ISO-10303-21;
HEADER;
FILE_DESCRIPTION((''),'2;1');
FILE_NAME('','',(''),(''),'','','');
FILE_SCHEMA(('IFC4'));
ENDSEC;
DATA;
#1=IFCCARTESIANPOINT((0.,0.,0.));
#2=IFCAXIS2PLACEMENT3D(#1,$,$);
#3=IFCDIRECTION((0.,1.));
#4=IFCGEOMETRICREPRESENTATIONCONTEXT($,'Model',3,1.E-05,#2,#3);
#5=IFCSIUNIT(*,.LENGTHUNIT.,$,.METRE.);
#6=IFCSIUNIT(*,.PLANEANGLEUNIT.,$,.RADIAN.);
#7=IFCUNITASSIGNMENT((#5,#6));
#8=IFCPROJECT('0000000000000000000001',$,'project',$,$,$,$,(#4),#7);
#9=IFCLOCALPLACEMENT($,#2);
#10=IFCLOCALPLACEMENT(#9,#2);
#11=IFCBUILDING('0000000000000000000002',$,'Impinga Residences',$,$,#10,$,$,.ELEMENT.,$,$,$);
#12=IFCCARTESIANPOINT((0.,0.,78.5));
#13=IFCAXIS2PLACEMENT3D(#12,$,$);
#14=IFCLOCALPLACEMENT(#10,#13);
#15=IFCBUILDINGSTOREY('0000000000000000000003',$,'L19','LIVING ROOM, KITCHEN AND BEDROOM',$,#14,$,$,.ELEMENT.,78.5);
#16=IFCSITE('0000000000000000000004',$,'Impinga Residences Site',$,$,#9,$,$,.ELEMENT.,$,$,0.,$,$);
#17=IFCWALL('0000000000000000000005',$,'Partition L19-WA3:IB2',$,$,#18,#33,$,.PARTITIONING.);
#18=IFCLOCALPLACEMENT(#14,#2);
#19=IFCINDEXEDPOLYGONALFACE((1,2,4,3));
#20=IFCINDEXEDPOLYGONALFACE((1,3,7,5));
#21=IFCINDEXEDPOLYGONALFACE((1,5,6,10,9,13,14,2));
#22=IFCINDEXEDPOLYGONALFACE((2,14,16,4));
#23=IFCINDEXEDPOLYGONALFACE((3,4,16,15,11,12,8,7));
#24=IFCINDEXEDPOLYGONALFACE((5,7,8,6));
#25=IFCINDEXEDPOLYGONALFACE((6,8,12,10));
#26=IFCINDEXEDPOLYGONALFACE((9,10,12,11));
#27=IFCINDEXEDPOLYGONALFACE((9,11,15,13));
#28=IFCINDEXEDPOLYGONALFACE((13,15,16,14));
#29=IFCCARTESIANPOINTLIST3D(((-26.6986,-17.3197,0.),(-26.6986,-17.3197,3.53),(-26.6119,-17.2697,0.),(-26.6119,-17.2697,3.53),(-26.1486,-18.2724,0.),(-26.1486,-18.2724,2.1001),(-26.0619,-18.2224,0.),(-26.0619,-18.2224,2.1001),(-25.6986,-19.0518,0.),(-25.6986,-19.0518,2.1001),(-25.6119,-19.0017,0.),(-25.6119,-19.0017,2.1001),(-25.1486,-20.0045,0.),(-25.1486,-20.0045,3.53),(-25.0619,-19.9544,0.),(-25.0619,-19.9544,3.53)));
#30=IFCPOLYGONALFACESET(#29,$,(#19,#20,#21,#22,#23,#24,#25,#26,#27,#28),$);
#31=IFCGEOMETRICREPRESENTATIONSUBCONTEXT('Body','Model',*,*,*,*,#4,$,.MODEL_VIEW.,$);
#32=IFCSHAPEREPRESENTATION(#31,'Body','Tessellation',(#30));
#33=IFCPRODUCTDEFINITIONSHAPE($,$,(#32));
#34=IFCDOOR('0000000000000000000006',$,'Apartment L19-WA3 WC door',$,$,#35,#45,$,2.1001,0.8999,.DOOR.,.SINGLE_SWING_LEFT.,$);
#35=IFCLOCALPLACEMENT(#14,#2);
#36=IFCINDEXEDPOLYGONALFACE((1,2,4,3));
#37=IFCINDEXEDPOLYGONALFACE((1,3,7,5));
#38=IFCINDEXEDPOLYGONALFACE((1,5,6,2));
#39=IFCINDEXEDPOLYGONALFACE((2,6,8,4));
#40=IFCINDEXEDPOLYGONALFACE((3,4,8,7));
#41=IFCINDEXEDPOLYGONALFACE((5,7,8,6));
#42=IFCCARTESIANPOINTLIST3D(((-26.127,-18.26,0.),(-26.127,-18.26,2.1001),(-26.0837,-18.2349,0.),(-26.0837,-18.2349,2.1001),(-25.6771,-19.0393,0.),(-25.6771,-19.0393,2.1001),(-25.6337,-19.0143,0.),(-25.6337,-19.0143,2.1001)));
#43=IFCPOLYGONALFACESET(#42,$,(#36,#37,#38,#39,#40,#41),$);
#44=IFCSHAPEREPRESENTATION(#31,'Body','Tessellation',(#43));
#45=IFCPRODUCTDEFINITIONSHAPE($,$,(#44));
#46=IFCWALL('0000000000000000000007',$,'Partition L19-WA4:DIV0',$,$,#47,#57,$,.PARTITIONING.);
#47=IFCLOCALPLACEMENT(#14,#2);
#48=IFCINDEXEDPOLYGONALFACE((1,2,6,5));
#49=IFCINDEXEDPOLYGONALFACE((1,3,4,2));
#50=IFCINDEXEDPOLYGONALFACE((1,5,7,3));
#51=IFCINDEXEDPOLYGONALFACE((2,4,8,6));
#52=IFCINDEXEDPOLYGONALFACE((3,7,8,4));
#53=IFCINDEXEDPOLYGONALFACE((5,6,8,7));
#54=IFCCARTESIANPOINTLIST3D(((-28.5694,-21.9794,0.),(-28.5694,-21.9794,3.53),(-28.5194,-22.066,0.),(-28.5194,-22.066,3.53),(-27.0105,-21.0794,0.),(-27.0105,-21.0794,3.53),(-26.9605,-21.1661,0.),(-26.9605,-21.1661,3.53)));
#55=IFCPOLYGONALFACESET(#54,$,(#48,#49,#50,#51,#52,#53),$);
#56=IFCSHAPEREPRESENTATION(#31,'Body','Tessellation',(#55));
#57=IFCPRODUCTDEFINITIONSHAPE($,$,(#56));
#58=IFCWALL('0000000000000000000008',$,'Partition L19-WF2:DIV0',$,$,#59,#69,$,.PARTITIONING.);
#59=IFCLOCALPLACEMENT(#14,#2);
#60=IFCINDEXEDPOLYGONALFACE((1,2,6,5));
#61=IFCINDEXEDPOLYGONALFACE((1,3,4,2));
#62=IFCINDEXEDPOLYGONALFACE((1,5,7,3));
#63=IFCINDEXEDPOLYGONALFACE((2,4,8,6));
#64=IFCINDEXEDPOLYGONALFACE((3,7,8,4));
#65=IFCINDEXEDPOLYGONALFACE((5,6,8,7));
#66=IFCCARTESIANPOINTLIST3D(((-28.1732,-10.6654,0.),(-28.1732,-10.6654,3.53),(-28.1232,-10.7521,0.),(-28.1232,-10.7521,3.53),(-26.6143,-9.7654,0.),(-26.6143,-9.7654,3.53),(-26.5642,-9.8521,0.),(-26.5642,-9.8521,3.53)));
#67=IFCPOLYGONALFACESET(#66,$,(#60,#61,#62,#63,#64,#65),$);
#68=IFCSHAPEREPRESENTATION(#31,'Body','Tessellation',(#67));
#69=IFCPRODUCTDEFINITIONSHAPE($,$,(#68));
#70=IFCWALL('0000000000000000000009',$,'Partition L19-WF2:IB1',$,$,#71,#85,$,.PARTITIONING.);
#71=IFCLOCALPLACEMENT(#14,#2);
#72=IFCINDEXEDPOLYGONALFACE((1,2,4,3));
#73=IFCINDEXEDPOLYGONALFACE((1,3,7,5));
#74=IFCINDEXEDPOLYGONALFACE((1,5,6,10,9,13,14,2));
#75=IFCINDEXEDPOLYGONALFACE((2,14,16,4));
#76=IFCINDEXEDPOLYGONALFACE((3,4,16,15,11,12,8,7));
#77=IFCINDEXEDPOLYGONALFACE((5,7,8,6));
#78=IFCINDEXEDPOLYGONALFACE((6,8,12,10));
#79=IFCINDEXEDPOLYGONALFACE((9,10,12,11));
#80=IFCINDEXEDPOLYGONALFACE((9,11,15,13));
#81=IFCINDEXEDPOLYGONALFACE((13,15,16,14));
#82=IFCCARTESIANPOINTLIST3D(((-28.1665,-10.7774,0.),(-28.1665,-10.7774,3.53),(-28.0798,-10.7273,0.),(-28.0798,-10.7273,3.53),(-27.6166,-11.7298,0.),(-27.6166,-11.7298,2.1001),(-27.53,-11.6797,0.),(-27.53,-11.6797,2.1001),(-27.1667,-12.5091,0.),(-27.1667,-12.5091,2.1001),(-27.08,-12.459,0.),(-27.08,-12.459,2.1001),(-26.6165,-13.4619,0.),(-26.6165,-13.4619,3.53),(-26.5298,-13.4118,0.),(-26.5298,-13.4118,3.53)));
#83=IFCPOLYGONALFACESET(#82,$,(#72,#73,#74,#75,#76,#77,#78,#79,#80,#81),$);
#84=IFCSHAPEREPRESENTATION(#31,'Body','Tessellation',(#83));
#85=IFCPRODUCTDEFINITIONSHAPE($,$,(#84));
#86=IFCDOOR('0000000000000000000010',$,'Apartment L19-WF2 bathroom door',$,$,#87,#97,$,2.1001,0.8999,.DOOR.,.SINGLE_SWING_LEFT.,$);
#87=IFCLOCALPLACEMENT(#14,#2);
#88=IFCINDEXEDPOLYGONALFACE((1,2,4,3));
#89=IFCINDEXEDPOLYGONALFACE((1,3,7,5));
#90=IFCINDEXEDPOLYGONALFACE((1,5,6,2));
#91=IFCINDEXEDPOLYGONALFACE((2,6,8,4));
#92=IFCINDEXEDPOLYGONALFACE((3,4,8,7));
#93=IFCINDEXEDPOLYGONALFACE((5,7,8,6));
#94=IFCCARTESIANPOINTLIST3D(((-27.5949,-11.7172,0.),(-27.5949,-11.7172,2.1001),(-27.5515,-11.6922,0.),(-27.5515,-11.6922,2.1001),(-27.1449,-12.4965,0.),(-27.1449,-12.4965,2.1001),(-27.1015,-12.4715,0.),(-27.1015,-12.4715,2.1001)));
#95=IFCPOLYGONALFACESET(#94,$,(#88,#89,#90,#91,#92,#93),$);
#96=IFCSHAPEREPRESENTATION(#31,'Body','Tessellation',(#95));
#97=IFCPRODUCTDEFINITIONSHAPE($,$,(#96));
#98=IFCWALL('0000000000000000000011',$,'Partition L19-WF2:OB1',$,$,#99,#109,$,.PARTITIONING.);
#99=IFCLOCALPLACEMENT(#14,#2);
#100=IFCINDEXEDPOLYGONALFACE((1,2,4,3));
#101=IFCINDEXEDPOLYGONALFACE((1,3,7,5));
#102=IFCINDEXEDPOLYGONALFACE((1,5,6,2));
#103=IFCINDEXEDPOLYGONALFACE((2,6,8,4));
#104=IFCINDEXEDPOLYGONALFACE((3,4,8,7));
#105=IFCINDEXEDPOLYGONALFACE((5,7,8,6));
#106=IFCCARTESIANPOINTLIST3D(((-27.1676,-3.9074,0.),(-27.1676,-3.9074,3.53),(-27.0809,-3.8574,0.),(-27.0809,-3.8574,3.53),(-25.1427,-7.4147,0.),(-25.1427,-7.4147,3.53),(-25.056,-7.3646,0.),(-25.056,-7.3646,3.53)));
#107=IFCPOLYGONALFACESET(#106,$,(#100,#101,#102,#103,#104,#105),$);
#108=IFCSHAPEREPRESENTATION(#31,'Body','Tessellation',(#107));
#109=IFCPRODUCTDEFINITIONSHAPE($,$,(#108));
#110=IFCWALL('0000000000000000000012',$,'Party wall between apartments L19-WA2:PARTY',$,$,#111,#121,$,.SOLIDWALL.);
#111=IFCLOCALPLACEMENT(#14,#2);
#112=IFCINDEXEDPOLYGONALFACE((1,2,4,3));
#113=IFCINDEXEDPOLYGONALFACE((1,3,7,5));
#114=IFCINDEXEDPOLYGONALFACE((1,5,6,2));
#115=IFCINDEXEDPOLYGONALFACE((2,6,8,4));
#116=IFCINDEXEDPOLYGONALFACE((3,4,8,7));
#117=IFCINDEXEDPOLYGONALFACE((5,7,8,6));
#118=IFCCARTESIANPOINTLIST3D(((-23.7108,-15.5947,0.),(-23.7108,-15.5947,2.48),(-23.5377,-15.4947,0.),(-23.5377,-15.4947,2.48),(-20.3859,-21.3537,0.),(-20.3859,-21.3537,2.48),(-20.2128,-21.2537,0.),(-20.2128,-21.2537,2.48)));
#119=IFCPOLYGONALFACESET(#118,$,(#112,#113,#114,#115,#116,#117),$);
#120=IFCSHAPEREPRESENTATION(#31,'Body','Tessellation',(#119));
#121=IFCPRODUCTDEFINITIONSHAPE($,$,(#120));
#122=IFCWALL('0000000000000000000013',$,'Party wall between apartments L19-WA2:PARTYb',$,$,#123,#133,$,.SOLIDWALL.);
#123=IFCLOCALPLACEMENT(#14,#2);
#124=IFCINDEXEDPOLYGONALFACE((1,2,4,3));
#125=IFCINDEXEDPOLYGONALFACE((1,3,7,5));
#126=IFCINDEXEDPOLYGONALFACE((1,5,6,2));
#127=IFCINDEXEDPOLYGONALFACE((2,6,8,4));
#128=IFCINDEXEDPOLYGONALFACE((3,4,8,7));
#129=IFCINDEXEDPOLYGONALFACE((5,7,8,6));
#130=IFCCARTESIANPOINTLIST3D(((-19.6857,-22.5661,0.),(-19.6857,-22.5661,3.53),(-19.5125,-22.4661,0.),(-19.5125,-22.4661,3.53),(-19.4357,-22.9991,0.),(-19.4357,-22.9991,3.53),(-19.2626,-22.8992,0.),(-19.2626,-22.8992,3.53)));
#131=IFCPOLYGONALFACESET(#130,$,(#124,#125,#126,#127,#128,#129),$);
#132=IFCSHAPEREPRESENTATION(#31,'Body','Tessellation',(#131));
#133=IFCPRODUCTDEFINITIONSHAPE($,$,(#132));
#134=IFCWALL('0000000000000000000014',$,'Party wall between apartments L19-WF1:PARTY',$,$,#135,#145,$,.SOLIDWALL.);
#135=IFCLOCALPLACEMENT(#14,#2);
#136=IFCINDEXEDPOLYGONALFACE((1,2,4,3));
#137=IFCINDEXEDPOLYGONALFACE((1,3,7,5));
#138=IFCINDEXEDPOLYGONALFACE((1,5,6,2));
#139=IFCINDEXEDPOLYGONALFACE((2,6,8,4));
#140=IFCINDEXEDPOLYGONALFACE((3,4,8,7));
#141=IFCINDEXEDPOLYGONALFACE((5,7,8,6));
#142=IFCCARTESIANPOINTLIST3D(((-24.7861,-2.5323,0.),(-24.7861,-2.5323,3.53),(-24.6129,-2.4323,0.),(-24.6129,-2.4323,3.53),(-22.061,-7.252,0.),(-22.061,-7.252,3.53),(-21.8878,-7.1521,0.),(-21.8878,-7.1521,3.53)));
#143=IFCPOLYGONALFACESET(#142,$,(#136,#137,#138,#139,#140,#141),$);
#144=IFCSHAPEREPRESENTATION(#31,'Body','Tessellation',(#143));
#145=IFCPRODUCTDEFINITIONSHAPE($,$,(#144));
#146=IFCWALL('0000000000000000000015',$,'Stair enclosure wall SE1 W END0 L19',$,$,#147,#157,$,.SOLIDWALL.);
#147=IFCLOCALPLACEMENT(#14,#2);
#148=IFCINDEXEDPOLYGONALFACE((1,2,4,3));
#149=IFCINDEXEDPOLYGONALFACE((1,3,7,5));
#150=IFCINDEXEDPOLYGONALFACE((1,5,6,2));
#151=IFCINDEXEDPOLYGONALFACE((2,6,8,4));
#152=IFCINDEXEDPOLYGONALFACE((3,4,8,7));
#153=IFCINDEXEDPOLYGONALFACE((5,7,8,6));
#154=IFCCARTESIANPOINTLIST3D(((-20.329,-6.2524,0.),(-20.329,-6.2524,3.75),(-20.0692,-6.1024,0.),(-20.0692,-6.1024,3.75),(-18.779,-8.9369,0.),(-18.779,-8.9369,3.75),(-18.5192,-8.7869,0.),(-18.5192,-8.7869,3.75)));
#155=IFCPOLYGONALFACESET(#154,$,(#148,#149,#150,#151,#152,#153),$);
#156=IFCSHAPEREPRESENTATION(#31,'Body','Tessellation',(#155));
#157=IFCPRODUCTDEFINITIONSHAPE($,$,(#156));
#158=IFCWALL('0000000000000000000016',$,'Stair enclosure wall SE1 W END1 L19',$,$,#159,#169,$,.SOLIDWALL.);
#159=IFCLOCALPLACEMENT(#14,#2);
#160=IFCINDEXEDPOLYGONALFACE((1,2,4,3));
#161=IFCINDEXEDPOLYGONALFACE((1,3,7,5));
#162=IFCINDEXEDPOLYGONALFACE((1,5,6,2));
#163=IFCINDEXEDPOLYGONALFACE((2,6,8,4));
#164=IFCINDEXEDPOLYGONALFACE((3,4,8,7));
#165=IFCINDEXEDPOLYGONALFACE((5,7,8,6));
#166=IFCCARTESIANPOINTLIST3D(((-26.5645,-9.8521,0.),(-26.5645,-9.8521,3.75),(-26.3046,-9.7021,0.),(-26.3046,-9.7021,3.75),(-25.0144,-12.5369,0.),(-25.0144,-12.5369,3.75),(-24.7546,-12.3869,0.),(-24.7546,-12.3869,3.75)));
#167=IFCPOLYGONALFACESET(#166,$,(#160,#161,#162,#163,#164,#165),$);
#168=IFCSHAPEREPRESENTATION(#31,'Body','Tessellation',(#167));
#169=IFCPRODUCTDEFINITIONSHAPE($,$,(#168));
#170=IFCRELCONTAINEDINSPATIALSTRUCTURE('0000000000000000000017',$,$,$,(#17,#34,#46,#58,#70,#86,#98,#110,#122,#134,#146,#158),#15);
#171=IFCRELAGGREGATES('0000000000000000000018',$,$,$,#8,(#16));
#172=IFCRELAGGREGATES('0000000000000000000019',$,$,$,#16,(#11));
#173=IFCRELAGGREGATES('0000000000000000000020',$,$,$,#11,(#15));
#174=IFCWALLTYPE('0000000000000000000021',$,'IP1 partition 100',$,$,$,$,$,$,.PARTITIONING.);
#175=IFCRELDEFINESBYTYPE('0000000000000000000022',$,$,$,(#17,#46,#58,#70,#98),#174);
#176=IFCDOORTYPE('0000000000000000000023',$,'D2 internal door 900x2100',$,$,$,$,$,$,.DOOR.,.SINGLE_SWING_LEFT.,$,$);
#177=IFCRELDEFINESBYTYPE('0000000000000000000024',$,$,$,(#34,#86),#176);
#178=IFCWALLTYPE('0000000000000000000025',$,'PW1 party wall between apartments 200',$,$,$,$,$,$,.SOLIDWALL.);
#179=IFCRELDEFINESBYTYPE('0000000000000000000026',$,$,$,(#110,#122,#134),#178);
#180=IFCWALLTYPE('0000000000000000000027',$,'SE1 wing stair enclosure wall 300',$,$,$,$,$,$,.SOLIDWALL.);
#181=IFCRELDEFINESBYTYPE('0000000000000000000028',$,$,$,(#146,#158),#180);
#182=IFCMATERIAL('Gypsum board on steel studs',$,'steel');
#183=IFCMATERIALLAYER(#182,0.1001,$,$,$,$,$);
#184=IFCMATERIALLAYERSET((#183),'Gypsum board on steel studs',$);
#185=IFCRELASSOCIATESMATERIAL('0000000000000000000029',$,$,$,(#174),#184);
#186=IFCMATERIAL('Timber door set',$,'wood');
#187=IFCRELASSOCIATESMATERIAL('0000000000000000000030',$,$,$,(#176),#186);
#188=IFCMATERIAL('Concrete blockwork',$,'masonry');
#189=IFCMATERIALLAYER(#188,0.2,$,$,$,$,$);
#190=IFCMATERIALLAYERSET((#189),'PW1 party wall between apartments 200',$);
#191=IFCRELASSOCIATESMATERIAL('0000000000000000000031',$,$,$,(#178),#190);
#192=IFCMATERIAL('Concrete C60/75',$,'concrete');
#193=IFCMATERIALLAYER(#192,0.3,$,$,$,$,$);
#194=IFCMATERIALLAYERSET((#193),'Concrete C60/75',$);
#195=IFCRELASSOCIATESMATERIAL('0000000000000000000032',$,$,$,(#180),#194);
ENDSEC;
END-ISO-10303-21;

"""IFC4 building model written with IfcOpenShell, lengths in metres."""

from ifc_helpers import new_model, si_unit, direction, frame, frame_2d, origin, place, context, subcontext, project, spatial, rectangle, extrude, material, layer, layer_set, type_object, element, fill, save


model = new_model("IFC4")

# Units and contexts
model_context = context("Model", 3, precision=1e-05, world=origin(), true_north=direction((0.0, 1.0)))
body_context = subcontext(model_context, "Body", "Model", "MODEL_VIEW")
ifc_project = project(units=[si_unit("LENGTHUNIT", "METRE"), si_unit("PLANEANGLEUNIT", "RADIAN")], contexts=[model_context])

# Site, building, storey
site_placement = place(None, origin())
site = spatial("IfcSite", under=ifc_project, at=site_placement, Name="Impinga Residences Site", CompositionType="ELEMENT", RefElevation=0.0)
building_placement = place(site_placement, origin())
building = spatial("IfcBuilding", under=site, at=building_placement, Name="Impinga Residences", CompositionType="ELEMENT")
storey_placement = place(building_placement, frame((0.0, 0.0, 78.5)))
storey = spatial("IfcBuildingStorey", under=building, at=storey_placement, Name="L19", Description="LIVING ROOM, KITCHEN AND BEDROOM", CompositionType="ELEMENT", Elevation=78.5)

# Shared definitions
ifc_material_1 = material(Name="Concrete C60/75", Category="concrete")

# Shared definitions
ifc_material_2 = material(Name="Gypsum board on steel studs", Category="steel")
ifc_layer_1 = layer(ifc_material_2, 0.1001)
ifc_layer_set_1 = layer_set([ifc_layer_1], Name="Gypsum board on steel studs")
wall_type_1 = type_object("IfcWallType", Name="IP1 partition 100", PredefinedType="PARTITIONING", material=ifc_layer_set_1)

# Shared definitions
ifc_material_3 = material(Name="Timber door set", Category="wood")
door_type = type_object("IfcDoorType", Name="D2 internal door 900x2100", OperationType="SINGLE_SWING_LEFT", PredefinedType="DOOR", material=ifc_material_3)

# Wall, opening, door
wall_1_placement = place(storey_placement, frame((-26.6553, -17.2947, 0.0), z_axis=(0.0, 0.0, 1.0), x_axis=(0.499993, -0.86603, 0.0)))
wall_1 = element("IfcWall", 1, at=wall_1_placement, inside=storey, type_object=wall_type_1, Name="Partition L19-WA3:IB2", PredefinedType="PARTITIONING", context=body_context, shape_type="SweptSolid", body=[
    extrude(rectangle(XDim=3.1001, YDim=0.1001, at=frame_2d((1.55, 0.0))), origin(), (0.0, 0.0, 1.0), 3.53),
])
opening_1_placement = place(wall_1_placement, frame((1.1001, 0.0, 0.0)))
opening_1 = element("IfcOpeningElement", 2, at=opening_1_placement, cuts=wall_1, PredefinedType="OPENING", context=body_context, shape_type="SweptSolid", body=[
    extrude(rectangle(XDim=0.8999, YDim=2.1001, at=frame_2d((0.45, 1.05))), frame((0.0, 0.0601, 0.0), z_axis=(0.0, -1.0, 0.0), x_axis=(1.0, 0.0, 0.0)), (0.0, 0.0, 1.0), 0.1201),
])
door_1_placement = place(opening_1_placement, origin())
door_1 = element("IfcDoor", 3, at=door_1_placement, inside=storey, type_object=door_type, Name="Apartment L19-WA3 WC door", OperationType="SINGLE_SWING_LEFT", OverallHeight=2.1001, OverallWidth=0.8999, PredefinedType="DOOR", context=body_context, shape_type="SweptSolid", body=[
    extrude(rectangle(XDim=0.8999, YDim=2.1001, at=frame_2d((0.45, 1.05))), frame((0.0, 0.0249, 0.0), z_axis=(0.0, -1.0, 0.0), x_axis=(1.0, 0.0, 0.0)), (0.0, 0.0, 1.0), 0.05),
])
fill(opening_1, door_1)

# Walls
for number, where, z_axis, x_axis, name in (
    (4, (-26.9856, -21.1228, 0.0), (0.0, 0.0, 1.0), (-0.866048, -0.499961, 0.0), "Partition L19-WA4:DIV0"),
    (5, (-26.5894, -9.8088, 0.0), (0.0, 0.0, 1.0), (-0.866048, -0.499961, 0.0), "Partition L19-WF2:DIV0"),
):
    element("IfcWall", number, at=place(storey_placement, frame(where, z_axis=z_axis, x_axis=x_axis)), inside=storey, type_object=wall_type_1, Name=name, PredefinedType="PARTITIONING", context=body_context, shape_type="SweptSolid", body=[
        extrude(rectangle(XDim=1.8, YDim=0.1001, at=frame_2d((0.8999, 0.0))), origin(), (0.0, 0.0, 1.0), 3.53),
    ])

# Wall, opening, door
wall_2_placement = place(storey_placement, frame((-26.5732, -13.4368, 0.0), z_axis=(0.0, 0.0, 1.0), x_axis=(-0.500027, 0.86601, 0.0)))
wall_2 = element("IfcWall", 6, at=wall_2_placement, inside=storey, type_object=wall_type_1, Name="Partition L19-WF2:IB1", PredefinedType="PARTITIONING", context=body_context, shape_type="SweptSolid", body=[
    extrude(rectangle(XDim=3.0999, YDim=0.1001, at=frame_2d((1.5498, 0.0))), origin(), (0.0, 0.0, 1.0), 3.53),
])
opening_2_placement = place(wall_2_placement, frame((1.1001, 0.0, 0.0)))
opening_2 = element("IfcOpeningElement", 7, at=opening_2_placement, cuts=wall_2, PredefinedType="OPENING", context=body_context, shape_type="SweptSolid", body=[
    extrude(rectangle(XDim=0.8999, YDim=2.1001, at=frame_2d((0.45, 1.05))), frame((0.0, 0.0601, 0.0), z_axis=(0.0, -1.0, 0.0), x_axis=(1.0, 0.0, 0.0)), (0.0, 0.0, 1.0), 0.1201),
])
door_2_placement = place(opening_2_placement, origin())
door_2 = element("IfcDoor", 8, at=door_2_placement, inside=storey, type_object=door_type, Name="Apartment L19-WF2 bathroom door", OperationType="SINGLE_SWING_LEFT", OverallHeight=2.1001, OverallWidth=0.8999, PredefinedType="DOOR", context=body_context, shape_type="SweptSolid", body=[
    extrude(rectangle(XDim=0.8999, YDim=2.1001, at=frame_2d((0.45, 1.05))), frame((0.0, 0.0249, 0.0), z_axis=(0.0, -1.0, 0.0), x_axis=(1.0, 0.0, 0.0)), (0.0, 0.0, 1.0), 0.05),
])
fill(opening_2, door_2)

# Walls
wall_3_placement = place(storey_placement, frame((-25.0994, -7.3896, 0.0), z_axis=(0.0, 0.0, 1.0), x_axis=(-0.49999, 0.866031, 0.0)))
element("IfcWall", 9, at=wall_3_placement, inside=storey, type_object=wall_type_1, Name="Partition L19-WF2:OB1", PredefinedType="PARTITIONING", context=body_context, shape_type="SweptSolid", body=[
    extrude(rectangle(XDim=4.0498, YDim=0.1001, at=frame_2d((2.0249, 0.0))), origin(), (0.0, 0.0, 1.0), 3.53),
])
ifc_material_4 = material(Name="Concrete blockwork", Category="masonry")
ifc_layer_2 = layer(ifc_material_4, 0.2)
ifc_layer_set_2 = layer_set([ifc_layer_2], Name="PW1 party wall between apartments 200")
wall_type_2 = type_object("IfcWallType", Name="PW1 party wall between apartments 200", PredefinedType="SOLIDWALL", material=ifc_layer_set_2)
wall_4_placement = place(storey_placement, frame((-23.6243, -15.5447, 0.0), z_axis=(0.0, 0.0, 1.0), x_axis=(0.499997, -0.866027, 0.0)))
element("IfcWall", 10, at=wall_4_placement, inside=storey, type_object=wall_type_2, Name="Party wall between apartments L19-WA2:PARTY", PredefinedType="SOLIDWALL", context=body_context, shape_type="SweptSolid", body=[
    extrude(rectangle(XDim=6.6499, YDim=0.2, at=frame_2d((3.325, 0.0))), origin(), (0.0, 0.0, 1.0), 2.48),
])
wall_5_placement = place(storey_placement, frame((-19.5991, -22.5161, 0.0), z_axis=(0.0, 0.0, 1.0), x_axis=(0.49992, -0.866072, 0.0)))
element("IfcWall", 11, at=wall_5_placement, inside=storey, type_object=wall_type_2, Name="Party wall between apartments L19-WA2:PARTYb", PredefinedType="SOLIDWALL", context=body_context, shape_type="SweptSolid", body=[
    extrude(rectangle(XDim=0.5, YDim=0.2, at=frame_2d((0.25, 0.0))), origin(), (0.0, 0.0, 1.0), 3.53),
])
wall_6_placement = place(storey_placement, frame((-21.9744, -7.2021, 0.0), z_axis=(0.0, 0.0, 1.0), x_axis=(-0.500022, 0.866013, 0.0)))
element("IfcWall", 12, at=wall_6_placement, inside=storey, type_object=wall_type_2, Name="Party wall between apartments L19-WF1:PARTY", PredefinedType="SOLIDWALL", context=body_context, shape_type="SweptSolid", body=[
    extrude(rectangle(XDim=5.45, YDim=0.2, at=frame_2d((2.7251, 0.0))), origin(), (0.0, 0.0, 1.0), 3.53),
])
ifc_layer_3 = layer(ifc_material_1, 0.3)
ifc_layer_set_3 = layer_set([ifc_layer_3], Name="Concrete C60/75")
wall_type_3 = type_object("IfcWallType", Name="SE1 wing stair enclosure wall 300", PredefinedType="SOLIDWALL", material=ifc_layer_set_3)
wall_7_placement = place(storey_placement, frame((-18.6492, -8.8618, 0.0), z_axis=(0.0, 0.0, 1.0), x_axis=(-0.500027, 0.86601, 0.0)))
element("IfcWall", 13, at=wall_7_placement, inside=storey, type_object=wall_type_3, Name="Stair enclosure wall SE1 W END0 L19", PredefinedType="SOLIDWALL", context=body_context, shape_type="SweptSolid", body=[
    extrude(rectangle(XDim=3.0999, YDim=0.3, at=frame_2d((1.5498, 0.0))), origin(), (0.0, 0.0, 1.0), 3.75),
])
wall_8_placement = place(storey_placement, frame((-24.8845, -12.4619, 0.0), z_axis=(0.0, 0.0, 1.0), x_axis=(-0.499993, 0.86603, 0.0)))
element("IfcWall", 14, at=wall_8_placement, inside=storey, type_object=wall_type_3, Name="Stair enclosure wall SE1 W END1 L19", PredefinedType="SOLIDWALL", context=body_context, shape_type="SweptSolid", body=[
    extrude(rectangle(XDim=3.1001, YDim=0.3, at=frame_2d((1.55, 0.0))), origin(), (0.0, 0.0, 1.0), 3.75),
])

save(model, "model.ifc")
